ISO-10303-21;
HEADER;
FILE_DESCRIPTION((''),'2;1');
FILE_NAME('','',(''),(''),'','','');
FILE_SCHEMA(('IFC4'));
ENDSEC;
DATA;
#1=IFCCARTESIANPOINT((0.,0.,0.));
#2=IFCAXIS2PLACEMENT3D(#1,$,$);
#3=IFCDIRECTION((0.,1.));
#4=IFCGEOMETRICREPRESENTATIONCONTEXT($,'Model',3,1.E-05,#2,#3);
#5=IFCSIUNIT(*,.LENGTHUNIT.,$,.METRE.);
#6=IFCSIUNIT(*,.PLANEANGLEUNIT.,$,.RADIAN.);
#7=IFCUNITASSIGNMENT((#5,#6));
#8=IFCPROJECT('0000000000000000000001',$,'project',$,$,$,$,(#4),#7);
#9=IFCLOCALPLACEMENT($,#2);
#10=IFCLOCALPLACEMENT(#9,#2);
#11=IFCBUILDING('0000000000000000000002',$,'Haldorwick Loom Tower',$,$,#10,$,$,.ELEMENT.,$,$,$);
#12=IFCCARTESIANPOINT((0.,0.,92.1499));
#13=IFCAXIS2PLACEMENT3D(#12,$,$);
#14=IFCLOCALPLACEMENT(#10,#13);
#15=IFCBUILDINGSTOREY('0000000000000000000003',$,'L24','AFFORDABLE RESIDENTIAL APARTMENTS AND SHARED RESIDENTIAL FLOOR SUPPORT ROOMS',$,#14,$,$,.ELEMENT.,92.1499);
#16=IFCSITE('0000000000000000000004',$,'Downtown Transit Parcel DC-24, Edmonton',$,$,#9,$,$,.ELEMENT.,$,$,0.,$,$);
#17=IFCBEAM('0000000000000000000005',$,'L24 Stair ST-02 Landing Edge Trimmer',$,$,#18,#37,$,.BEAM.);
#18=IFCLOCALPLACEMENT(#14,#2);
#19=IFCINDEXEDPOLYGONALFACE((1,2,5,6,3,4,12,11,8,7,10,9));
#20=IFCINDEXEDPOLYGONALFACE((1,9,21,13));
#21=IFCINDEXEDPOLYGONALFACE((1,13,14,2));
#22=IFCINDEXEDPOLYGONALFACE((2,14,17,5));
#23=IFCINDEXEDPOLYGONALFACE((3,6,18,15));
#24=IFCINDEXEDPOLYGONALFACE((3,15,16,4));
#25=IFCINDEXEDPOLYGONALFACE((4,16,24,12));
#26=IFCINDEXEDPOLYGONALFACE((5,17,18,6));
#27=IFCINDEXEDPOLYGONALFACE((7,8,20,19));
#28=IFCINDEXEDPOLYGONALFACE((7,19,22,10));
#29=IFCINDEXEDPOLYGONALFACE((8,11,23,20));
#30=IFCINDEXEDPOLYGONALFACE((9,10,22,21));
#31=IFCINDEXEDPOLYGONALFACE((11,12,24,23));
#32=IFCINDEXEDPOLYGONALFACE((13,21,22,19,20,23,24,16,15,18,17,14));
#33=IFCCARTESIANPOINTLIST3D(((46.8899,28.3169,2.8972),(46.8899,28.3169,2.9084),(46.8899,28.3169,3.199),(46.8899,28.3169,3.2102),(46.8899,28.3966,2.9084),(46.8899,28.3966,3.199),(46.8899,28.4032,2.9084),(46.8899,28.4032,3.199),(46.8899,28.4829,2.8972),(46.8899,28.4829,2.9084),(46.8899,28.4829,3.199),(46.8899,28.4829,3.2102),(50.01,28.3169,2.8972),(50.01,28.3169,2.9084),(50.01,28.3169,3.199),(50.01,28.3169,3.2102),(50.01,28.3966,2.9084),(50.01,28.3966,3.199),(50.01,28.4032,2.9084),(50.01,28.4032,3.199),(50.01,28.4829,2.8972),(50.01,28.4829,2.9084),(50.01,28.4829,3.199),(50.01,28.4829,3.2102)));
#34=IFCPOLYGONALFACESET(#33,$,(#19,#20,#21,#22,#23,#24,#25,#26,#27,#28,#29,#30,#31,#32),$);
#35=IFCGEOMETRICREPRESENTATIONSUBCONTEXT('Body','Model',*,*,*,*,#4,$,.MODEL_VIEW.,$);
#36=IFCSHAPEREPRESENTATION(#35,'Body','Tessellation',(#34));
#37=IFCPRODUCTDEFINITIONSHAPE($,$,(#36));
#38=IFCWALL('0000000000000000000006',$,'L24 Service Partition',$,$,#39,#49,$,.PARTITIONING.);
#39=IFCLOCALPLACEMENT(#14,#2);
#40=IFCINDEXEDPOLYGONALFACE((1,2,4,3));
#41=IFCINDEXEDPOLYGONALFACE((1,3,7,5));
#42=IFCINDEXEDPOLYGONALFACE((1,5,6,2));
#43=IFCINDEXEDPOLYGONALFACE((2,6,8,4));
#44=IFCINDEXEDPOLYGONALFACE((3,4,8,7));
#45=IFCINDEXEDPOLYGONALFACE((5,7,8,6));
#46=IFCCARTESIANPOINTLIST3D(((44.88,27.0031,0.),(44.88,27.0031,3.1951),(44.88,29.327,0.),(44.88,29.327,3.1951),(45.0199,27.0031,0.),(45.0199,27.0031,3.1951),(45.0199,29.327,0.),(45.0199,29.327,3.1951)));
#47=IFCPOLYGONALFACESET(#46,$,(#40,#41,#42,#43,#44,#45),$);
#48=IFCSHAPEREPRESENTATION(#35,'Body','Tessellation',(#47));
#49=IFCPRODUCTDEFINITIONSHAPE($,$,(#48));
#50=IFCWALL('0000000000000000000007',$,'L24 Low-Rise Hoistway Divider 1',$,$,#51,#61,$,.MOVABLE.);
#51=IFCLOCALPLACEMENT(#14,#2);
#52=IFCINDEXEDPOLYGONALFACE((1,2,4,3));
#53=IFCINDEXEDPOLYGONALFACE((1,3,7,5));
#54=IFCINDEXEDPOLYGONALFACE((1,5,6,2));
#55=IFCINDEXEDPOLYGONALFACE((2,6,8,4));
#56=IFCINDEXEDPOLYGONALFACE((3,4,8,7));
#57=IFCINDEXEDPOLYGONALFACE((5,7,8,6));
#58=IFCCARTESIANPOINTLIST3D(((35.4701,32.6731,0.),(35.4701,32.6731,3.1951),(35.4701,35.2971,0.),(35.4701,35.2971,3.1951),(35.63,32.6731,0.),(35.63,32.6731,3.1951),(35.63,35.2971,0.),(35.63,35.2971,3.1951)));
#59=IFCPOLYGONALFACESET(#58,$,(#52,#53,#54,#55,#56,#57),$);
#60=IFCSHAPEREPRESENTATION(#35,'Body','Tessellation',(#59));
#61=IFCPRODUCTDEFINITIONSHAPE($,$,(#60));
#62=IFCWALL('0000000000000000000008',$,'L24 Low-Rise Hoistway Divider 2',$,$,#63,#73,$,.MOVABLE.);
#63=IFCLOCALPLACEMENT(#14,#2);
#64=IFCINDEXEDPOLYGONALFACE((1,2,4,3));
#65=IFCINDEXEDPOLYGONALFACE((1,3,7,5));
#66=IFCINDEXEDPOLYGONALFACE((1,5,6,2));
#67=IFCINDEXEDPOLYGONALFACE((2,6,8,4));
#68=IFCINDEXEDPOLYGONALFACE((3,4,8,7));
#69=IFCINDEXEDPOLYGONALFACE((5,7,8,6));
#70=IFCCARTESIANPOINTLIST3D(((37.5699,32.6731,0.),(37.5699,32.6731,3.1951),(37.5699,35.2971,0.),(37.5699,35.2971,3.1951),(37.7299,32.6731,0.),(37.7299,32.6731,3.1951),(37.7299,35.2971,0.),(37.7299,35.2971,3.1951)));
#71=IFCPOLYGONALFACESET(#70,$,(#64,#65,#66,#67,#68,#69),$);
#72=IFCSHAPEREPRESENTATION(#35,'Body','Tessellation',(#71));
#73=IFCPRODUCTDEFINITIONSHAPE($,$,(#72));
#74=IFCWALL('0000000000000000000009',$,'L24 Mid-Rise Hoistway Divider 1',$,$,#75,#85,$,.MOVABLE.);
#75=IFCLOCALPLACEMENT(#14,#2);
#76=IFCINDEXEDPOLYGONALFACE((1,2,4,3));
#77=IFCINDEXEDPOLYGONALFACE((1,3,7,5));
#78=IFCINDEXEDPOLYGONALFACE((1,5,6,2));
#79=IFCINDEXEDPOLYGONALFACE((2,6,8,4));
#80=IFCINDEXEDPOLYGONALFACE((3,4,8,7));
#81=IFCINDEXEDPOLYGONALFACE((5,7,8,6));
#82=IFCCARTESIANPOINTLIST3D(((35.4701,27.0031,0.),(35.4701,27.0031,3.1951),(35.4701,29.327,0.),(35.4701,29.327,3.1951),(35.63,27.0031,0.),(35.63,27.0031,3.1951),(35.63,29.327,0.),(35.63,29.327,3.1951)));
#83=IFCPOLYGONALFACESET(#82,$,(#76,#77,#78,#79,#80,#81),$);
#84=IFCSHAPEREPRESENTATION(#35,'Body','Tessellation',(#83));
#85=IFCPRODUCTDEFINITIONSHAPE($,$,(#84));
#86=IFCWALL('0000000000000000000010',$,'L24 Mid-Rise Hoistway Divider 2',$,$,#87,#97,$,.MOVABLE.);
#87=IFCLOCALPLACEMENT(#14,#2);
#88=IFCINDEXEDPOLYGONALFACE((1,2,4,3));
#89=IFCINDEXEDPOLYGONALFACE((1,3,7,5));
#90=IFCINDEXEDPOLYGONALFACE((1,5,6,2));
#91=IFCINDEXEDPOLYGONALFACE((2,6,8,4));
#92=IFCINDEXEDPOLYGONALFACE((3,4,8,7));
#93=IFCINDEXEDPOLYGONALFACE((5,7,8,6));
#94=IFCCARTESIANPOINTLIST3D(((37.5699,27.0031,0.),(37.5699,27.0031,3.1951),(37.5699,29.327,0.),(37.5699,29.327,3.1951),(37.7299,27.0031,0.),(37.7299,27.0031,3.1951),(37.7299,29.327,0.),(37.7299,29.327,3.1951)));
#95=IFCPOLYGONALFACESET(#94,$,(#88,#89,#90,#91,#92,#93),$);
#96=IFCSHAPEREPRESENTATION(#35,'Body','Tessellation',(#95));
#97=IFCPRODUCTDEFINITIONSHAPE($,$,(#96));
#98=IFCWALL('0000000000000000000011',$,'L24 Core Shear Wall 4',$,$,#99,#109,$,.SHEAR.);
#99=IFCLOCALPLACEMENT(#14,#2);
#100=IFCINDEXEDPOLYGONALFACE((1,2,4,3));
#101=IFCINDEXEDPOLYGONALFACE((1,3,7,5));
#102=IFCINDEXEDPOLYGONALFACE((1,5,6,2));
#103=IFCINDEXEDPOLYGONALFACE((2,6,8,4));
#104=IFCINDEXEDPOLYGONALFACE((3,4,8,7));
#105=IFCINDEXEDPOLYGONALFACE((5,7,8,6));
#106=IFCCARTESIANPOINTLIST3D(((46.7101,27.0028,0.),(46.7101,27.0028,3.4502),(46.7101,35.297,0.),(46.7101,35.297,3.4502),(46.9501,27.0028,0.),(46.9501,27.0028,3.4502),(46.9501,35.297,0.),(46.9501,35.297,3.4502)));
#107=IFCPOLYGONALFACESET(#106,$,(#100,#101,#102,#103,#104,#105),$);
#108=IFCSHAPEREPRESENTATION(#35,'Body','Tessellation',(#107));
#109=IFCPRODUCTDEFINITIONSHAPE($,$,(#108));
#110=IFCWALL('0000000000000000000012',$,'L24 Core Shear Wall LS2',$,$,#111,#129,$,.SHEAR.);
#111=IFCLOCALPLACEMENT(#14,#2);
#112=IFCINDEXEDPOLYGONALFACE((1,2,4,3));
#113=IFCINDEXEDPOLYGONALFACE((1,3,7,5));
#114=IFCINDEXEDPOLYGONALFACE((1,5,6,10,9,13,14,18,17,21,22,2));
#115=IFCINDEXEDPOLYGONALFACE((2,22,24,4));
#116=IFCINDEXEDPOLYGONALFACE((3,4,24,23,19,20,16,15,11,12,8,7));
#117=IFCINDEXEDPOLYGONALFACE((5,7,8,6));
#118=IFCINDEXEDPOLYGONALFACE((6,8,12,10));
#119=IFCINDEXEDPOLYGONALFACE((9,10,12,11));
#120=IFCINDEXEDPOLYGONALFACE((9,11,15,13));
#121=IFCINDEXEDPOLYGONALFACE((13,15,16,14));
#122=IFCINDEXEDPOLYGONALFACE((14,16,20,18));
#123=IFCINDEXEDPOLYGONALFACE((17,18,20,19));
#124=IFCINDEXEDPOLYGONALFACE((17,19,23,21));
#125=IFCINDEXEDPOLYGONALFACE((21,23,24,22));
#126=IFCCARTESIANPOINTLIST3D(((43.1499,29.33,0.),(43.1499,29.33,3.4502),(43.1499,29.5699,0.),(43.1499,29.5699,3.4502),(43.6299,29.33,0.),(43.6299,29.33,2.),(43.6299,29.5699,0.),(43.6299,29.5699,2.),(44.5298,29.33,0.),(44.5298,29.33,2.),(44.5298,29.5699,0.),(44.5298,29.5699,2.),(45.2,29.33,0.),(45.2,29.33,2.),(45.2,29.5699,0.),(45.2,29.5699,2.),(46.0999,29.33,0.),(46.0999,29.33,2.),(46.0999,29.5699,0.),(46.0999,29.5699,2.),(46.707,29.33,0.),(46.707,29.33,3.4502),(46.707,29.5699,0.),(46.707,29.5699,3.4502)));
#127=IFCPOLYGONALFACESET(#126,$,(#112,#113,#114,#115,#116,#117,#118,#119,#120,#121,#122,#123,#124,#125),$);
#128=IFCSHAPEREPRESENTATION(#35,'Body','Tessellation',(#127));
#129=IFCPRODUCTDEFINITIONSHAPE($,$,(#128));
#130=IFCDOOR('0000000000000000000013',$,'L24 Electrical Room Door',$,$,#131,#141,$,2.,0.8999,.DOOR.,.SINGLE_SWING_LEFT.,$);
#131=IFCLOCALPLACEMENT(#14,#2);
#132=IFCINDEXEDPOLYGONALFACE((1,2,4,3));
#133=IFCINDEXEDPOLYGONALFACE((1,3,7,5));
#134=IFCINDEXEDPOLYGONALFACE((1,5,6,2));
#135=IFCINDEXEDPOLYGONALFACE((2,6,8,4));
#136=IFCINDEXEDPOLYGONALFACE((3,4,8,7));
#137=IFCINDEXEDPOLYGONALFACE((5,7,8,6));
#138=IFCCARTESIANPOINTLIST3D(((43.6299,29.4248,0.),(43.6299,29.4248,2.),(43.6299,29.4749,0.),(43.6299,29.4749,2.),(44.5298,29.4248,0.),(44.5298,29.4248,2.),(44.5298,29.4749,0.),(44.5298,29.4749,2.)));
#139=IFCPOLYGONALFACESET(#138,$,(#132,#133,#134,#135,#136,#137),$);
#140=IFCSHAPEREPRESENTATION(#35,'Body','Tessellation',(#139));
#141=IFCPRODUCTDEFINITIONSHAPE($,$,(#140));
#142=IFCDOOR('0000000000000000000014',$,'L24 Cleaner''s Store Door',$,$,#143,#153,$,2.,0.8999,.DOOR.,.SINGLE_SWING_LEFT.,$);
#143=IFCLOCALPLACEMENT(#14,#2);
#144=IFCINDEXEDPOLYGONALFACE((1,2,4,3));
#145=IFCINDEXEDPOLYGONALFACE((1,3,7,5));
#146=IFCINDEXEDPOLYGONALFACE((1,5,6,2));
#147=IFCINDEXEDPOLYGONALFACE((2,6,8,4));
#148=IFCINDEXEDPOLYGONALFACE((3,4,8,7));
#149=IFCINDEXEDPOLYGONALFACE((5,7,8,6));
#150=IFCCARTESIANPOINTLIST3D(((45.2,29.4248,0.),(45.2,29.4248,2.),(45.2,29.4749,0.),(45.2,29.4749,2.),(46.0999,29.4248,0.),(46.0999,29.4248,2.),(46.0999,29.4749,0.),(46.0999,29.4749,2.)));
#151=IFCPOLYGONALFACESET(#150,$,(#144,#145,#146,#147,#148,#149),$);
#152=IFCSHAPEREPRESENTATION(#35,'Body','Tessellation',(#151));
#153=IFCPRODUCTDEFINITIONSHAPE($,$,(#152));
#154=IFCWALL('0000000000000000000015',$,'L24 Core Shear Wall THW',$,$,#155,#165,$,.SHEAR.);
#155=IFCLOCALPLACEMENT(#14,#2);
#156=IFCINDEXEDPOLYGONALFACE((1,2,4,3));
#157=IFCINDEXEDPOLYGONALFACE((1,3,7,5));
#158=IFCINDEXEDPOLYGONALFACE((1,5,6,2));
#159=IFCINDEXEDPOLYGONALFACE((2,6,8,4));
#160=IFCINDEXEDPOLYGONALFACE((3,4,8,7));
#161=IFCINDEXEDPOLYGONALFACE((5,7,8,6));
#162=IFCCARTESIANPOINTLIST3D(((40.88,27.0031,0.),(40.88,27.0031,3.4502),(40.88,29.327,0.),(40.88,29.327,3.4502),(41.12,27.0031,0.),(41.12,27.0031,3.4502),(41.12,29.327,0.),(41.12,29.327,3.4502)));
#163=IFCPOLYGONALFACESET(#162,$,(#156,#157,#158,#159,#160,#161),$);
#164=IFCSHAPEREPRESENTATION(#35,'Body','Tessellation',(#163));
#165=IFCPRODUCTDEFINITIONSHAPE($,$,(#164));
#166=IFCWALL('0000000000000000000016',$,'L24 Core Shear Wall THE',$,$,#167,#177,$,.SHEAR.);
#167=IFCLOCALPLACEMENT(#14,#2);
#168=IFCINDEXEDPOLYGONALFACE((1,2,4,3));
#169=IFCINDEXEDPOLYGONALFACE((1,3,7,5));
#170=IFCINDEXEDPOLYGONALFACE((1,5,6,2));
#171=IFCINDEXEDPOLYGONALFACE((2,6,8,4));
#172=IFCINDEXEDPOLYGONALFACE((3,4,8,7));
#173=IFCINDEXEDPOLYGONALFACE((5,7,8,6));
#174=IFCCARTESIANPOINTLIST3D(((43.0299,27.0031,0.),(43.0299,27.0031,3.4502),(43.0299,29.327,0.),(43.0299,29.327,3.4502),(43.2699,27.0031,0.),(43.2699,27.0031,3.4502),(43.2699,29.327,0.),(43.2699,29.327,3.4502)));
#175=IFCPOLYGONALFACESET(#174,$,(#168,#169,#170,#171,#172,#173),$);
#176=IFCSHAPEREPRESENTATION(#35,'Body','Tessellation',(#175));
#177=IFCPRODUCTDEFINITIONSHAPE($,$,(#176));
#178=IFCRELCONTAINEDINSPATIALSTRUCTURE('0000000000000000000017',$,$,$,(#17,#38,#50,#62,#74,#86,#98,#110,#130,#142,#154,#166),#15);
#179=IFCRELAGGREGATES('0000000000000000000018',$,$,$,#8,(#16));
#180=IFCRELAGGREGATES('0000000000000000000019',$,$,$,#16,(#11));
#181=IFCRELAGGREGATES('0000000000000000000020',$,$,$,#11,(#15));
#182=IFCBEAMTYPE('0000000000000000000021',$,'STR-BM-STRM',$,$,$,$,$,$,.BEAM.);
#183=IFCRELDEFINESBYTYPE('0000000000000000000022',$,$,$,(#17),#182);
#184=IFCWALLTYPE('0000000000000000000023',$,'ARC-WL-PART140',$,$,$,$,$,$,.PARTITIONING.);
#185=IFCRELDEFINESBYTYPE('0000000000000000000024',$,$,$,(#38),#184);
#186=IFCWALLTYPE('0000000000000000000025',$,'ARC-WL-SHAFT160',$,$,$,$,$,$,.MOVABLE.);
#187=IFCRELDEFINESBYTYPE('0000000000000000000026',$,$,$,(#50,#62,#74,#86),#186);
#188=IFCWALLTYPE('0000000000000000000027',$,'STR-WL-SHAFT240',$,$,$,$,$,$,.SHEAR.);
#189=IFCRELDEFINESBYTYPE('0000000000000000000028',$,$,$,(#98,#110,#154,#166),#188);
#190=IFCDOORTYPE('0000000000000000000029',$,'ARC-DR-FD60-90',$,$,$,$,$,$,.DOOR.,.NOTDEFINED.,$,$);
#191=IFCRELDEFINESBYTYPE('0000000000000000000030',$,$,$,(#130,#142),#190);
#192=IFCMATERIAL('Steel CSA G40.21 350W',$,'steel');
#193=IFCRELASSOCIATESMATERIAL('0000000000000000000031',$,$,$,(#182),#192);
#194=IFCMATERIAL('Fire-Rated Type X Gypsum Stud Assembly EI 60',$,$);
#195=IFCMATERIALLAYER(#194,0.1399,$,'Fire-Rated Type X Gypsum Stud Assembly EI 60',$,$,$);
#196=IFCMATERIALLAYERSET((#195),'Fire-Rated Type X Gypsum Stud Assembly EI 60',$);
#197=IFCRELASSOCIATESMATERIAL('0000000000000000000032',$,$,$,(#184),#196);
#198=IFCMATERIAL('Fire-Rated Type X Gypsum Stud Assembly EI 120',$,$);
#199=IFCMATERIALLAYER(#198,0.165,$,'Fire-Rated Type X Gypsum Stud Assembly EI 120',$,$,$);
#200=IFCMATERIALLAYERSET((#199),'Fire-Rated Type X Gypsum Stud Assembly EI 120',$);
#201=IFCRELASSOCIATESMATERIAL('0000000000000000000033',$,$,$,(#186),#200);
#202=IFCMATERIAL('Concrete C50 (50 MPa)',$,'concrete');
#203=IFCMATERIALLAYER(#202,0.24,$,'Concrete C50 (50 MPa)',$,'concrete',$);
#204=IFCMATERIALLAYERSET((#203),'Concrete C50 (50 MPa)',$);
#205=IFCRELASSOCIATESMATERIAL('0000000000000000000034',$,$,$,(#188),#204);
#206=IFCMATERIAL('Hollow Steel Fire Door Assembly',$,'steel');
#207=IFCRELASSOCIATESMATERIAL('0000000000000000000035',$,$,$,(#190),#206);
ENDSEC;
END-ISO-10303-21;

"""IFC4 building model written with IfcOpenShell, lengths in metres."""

from ifc_helpers import new_model, si_unit, direction, frame, frame_2d, origin, origin_2d, place, context, subcontext, project, spatial, rectangle, i_section, extrude, material, layer, layer_set, material_profile, profile_set, type_object, element, fill, save


model = new_model("IFC4")

# Units and contexts
model_context = context("Model", 3, precision=1e-05, world=origin(), true_north=direction((0.0, 1.0)))
body_context = subcontext(model_context, "Body", "Model", "MODEL_VIEW")
ifc_project = project(units=[si_unit("LENGTHUNIT", "METRE"), si_unit("PLANEANGLEUNIT", "RADIAN")], contexts=[model_context])

# Site, building, storey
site_placement = place(None, origin())
site = spatial("IfcSite", under=ifc_project, at=site_placement, Name="Downtown Transit Parcel DC-24, Edmonton", CompositionType="ELEMENT", RefElevation=0.0)
building_placement = place(site_placement, origin())
building = spatial("IfcBuilding", under=site, at=building_placement, Name="Haldorwick Loom Tower", CompositionType="ELEMENT")
storey_placement = place(building_placement, frame((0.0, 0.0, 92.1499)))
storey = spatial("IfcBuildingStorey", under=building, at=storey_placement, Name="L24", Description="AFFORDABLE RESIDENTIAL APARTMENTS AND SHARED RESIDENTIAL FLOOR SUPPORT ROOMS", CompositionType="ELEMENT", Elevation=92.1499)

# Beam
ifc_material_1 = material(Name="Steel CSA G40.21 350W", Category="steel")
ifc_material_profile_1 = material_profile(ifc_material_1, i_section(OverallWidth=0.166, OverallDepth=0.313, WebThickness=0.0066, FlangeThickness=0.0112, at=origin_2d()), Name="W310X45", Category="steel")
ifc_profile_set_1 = profile_set([ifc_material_profile_1], Name="Steel CSA G40.21 350W")
beam_type_1 = type_object("IfcBeamType", Name="STR-BM-STRM", PredefinedType="BEAM", material=ifc_profile_set_1)
beam_1_placement = place(storey_placement, frame((46.8899, 28.3999, 3.0537), z_axis=(1.0, 0.0, 0.0), x_axis=(0.0, 1.0, 0.0)))
element("IfcBeam", 1, at=beam_1_placement, inside=storey, type_object=beam_type_1, Name="L24 Stair ST-02 Landing Edge Trimmer", PredefinedType="BEAM", context=body_context, shape_type="SweptSolid", body=[
    extrude(i_section(OverallWidth=0.166, OverallDepth=0.313, WebThickness=0.0066, FlangeThickness=0.0112, at=origin_2d()), origin(), (0.0, 0.0, 1.0), 3.1201),
])

# Walls
ifc_material_2 = material(Name="Fire-Rated Type X Gypsum Stud Assembly EI 60")
ifc_layer_1 = layer(ifc_material_2, 0.1399, Name="Fire-Rated Type X Gypsum Stud Assembly EI 60")
ifc_layer_set_1 = layer_set([ifc_layer_1], Name="Fire-Rated Type X Gypsum Stud Assembly EI 60")
wall_type_1 = type_object("IfcWallType", Name="ARC-WL-PART140", PredefinedType="PARTITIONING", material=ifc_layer_set_1)
wall_1_placement = place(storey_placement, frame((44.95, 27.0029, 0.0), z_axis=(0.0, 0.0, 1.0), x_axis=(0.0, 1.0, 0.0)))
element("IfcWall", 2, at=wall_1_placement, inside=storey, type_object=wall_type_1, Name="L24 Service Partition", PredefinedType="PARTITIONING", context=body_context, shape_type="SweptSolid", body=[
    extrude(rectangle(XDim=2.324, YDim=0.1399, at=frame_2d((1.1621, 0.0))), origin(), (0.0, 0.0, 1.0), 3.1951),
])
ifc_material_3 = material(Name="Fire-Rated Type X Gypsum Stud Assembly EI 120")
ifc_layer_2 = layer(ifc_material_3, 0.165, Name="Fire-Rated Type X Gypsum Stud Assembly EI 120")
ifc_layer_set_2 = layer_set([ifc_layer_2], Name="Fire-Rated Type X Gypsum Stud Assembly EI 120")
wall_type_2 = type_object("IfcWallType", Name="ARC-WL-SHAFT160", PredefinedType="MOVABLE", material=ifc_layer_set_2)
for number, where, z_axis, x_axis, name in (
    (3, (35.55, 32.6731, 0.0), (0.0, 0.0, 1.0), (0.0, 1.0, 0.0), "L24 Low-Rise Hoistway Divider 1"),
    (4, (37.6499, 32.6731, 0.0), (0.0, 0.0, 1.0), (0.0, 1.0, 0.0), "L24 Low-Rise Hoistway Divider 2"),
):
    element("IfcWall", number, at=place(storey_placement, frame(where, z_axis=z_axis, x_axis=x_axis)), inside=storey, type_object=wall_type_2, Name=name, PredefinedType="MOVABLE", context=body_context, shape_type="SweptSolid", body=[
        extrude(rectangle(XDim=2.624, YDim=0.1599, at=frame_2d((1.312, 0.0))), origin(), (0.0, 0.0, 1.0), 3.1951),
    ])
for number, where, z_axis, x_axis, name in (
    (5, (35.55, 27.0029, 0.0), (0.0, 0.0, 1.0), (0.0, 1.0, 0.0), "L24 Mid-Rise Hoistway Divider 1"),
    (6, (37.6499, 27.0029, 0.0), (0.0, 0.0, 1.0), (0.0, 1.0, 0.0), "L24 Mid-Rise Hoistway Divider 2"),
):
    element("IfcWall", number, at=place(storey_placement, frame(where, z_axis=z_axis, x_axis=x_axis)), inside=storey, type_object=wall_type_2, Name=name, PredefinedType="MOVABLE", context=body_context, shape_type="SweptSolid", body=[
        extrude(rectangle(XDim=2.324, YDim=0.1599, at=frame_2d((1.1621, 0.0))), origin(), (0.0, 0.0, 1.0), 3.1951),
    ])
ifc_material_4 = material(Name="Concrete C50 (50 MPa)", Category="concrete")
ifc_layer_3 = layer(ifc_material_4, 0.24, Name="Concrete C50 (50 MPa)", Category="concrete")
ifc_layer_set_3 = layer_set([ifc_layer_3], Name="Concrete C50 (50 MPa)")
wall_type_3 = type_object("IfcWallType", Name="STR-WL-SHAFT240", PredefinedType="SHEAR", material=ifc_layer_set_3)
wall_2_placement = place(storey_placement, frame((46.8301, 27.0029, 0.0), z_axis=(0.0, 0.0, 1.0), x_axis=(0.0, 1.0, 0.0)))
element("IfcWall", 7, at=wall_2_placement, inside=storey, type_object=wall_type_3, Name="L24 Core Shear Wall 4", PredefinedType="SHEAR", context=body_context, shape_type="SweptSolid", body=[
    extrude(rectangle(XDim=8.2942, YDim=0.24, at=frame_2d((4.147, 0.0))), origin(), (0.0, 0.0, 1.0), 3.4502),
])

# Wall, openings, doors
wall_3_placement = place(storey_placement, frame((43.1499, 29.45, 0.0), z_axis=(0.0, 0.0, 1.0), x_axis=(1.0, 0.0, 0.0)))
wall_3 = element("IfcWall", 8, at=wall_3_placement, inside=storey, type_object=wall_type_3, Name="L24 Core Shear Wall LS2", PredefinedType="SHEAR", context=body_context, shape_type="SweptSolid", body=[
    extrude(rectangle(XDim=3.5571, YDim=0.24, at=frame_2d((1.7786, 0.0))), origin(), (0.0, 0.0, 1.0), 3.4502),
])
opening_1_placement = place(wall_3_placement, frame((0.48, 0.0, 0.0)))
opening_1 = element("IfcOpeningElement", 9, at=opening_1_placement, cuts=wall_3, PredefinedType="OPENING", context=body_context, shape_type="SweptSolid", body=[
    extrude(rectangle(XDim=0.8999, YDim=2.0, at=frame_2d((0.45, 1.0))), frame((0.0, 0.1299, 0.0), z_axis=(0.0, -1.0, 0.0), x_axis=(1.0, 0.0, 0.0)), (0.0, 0.0, 1.0), 0.26),
])
opening_2_placement = place(wall_3_placement, frame((2.05, 0.0, 0.0)))
opening_2 = element("IfcOpeningElement", 10, at=opening_2_placement, cuts=wall_3, PredefinedType="OPENING", context=body_context, shape_type="SweptSolid", body=[
    extrude(rectangle(XDim=0.8999, YDim=2.0, at=frame_2d((0.45, 1.0))), frame((0.0, 0.1299, 0.0), z_axis=(0.0, -1.0, 0.0), x_axis=(1.0, 0.0, 0.0)), (0.0, 0.0, 1.0), 0.26),
])
ifc_material_5 = material(Name="Hollow Steel Fire Door Assembly", Category="steel")
door_type = type_object("IfcDoorType", Name="ARC-DR-FD60-90", OperationType="NOTDEFINED", PredefinedType="DOOR", material=ifc_material_5)
door_1_placement = place(opening_1_placement, origin())
door_1 = element("IfcDoor", 11, at=door_1_placement, inside=storey, type_object=door_type, Name="L24 Electrical Room Door", OperationType="SINGLE_SWING_LEFT", OverallHeight=2.0, OverallWidth=0.8999, PredefinedType="DOOR", context=body_context, shape_type="SweptSolid", body=[
    extrude(rectangle(XDim=0.8999, YDim=2.0, at=frame_2d((0.45, 1.0))), frame((0.0, 0.0249, 0.0), z_axis=(0.0, -1.0, 0.0), x_axis=(1.0, 0.0, 0.0)), (0.0, 0.0, 1.0), 0.05),
])
fill(opening_1, door_1)
door_2_placement = place(opening_2_placement, origin())
door_2 = element("IfcDoor", 12, at=door_2_placement, inside=storey, type_object=door_type, Name="L24 Cleaner's Store Door", OperationType="SINGLE_SWING_LEFT", OverallHeight=2.0, OverallWidth=0.8999, PredefinedType="DOOR", context=body_context, shape_type="SweptSolid", body=[
    extrude(rectangle(XDim=0.8999, YDim=2.0, at=frame_2d((0.45, 1.0))), frame((0.0, 0.0249, 0.0), z_axis=(0.0, -1.0, 0.0), x_axis=(1.0, 0.0, 0.0)), (0.0, 0.0, 1.0), 0.05),
])
fill(opening_2, door_2)

# Walls
for number, where, z_axis, x_axis, name in (
    (13, (41.0, 27.0029, 0.0), (0.0, 0.0, 1.0), (0.0, 1.0, 0.0), "L24 Core Shear Wall THW"),
    (14, (43.1499, 27.0029, 0.0), (0.0, 0.0, 1.0), (0.0, 1.0, 0.0), "L24 Core Shear Wall THE"),
):
    element("IfcWall", number, at=place(storey_placement, frame(where, z_axis=z_axis, x_axis=x_axis)), inside=storey, type_object=wall_type_3, Name=name, PredefinedType="SHEAR", context=body_context, shape_type="SweptSolid", body=[
        extrude(rectangle(XDim=2.324, YDim=0.24, at=frame_2d((1.1621, 0.0))), origin(), (0.0, 0.0, 1.0), 3.4502),
    ])

save(model, "model.ifc")
